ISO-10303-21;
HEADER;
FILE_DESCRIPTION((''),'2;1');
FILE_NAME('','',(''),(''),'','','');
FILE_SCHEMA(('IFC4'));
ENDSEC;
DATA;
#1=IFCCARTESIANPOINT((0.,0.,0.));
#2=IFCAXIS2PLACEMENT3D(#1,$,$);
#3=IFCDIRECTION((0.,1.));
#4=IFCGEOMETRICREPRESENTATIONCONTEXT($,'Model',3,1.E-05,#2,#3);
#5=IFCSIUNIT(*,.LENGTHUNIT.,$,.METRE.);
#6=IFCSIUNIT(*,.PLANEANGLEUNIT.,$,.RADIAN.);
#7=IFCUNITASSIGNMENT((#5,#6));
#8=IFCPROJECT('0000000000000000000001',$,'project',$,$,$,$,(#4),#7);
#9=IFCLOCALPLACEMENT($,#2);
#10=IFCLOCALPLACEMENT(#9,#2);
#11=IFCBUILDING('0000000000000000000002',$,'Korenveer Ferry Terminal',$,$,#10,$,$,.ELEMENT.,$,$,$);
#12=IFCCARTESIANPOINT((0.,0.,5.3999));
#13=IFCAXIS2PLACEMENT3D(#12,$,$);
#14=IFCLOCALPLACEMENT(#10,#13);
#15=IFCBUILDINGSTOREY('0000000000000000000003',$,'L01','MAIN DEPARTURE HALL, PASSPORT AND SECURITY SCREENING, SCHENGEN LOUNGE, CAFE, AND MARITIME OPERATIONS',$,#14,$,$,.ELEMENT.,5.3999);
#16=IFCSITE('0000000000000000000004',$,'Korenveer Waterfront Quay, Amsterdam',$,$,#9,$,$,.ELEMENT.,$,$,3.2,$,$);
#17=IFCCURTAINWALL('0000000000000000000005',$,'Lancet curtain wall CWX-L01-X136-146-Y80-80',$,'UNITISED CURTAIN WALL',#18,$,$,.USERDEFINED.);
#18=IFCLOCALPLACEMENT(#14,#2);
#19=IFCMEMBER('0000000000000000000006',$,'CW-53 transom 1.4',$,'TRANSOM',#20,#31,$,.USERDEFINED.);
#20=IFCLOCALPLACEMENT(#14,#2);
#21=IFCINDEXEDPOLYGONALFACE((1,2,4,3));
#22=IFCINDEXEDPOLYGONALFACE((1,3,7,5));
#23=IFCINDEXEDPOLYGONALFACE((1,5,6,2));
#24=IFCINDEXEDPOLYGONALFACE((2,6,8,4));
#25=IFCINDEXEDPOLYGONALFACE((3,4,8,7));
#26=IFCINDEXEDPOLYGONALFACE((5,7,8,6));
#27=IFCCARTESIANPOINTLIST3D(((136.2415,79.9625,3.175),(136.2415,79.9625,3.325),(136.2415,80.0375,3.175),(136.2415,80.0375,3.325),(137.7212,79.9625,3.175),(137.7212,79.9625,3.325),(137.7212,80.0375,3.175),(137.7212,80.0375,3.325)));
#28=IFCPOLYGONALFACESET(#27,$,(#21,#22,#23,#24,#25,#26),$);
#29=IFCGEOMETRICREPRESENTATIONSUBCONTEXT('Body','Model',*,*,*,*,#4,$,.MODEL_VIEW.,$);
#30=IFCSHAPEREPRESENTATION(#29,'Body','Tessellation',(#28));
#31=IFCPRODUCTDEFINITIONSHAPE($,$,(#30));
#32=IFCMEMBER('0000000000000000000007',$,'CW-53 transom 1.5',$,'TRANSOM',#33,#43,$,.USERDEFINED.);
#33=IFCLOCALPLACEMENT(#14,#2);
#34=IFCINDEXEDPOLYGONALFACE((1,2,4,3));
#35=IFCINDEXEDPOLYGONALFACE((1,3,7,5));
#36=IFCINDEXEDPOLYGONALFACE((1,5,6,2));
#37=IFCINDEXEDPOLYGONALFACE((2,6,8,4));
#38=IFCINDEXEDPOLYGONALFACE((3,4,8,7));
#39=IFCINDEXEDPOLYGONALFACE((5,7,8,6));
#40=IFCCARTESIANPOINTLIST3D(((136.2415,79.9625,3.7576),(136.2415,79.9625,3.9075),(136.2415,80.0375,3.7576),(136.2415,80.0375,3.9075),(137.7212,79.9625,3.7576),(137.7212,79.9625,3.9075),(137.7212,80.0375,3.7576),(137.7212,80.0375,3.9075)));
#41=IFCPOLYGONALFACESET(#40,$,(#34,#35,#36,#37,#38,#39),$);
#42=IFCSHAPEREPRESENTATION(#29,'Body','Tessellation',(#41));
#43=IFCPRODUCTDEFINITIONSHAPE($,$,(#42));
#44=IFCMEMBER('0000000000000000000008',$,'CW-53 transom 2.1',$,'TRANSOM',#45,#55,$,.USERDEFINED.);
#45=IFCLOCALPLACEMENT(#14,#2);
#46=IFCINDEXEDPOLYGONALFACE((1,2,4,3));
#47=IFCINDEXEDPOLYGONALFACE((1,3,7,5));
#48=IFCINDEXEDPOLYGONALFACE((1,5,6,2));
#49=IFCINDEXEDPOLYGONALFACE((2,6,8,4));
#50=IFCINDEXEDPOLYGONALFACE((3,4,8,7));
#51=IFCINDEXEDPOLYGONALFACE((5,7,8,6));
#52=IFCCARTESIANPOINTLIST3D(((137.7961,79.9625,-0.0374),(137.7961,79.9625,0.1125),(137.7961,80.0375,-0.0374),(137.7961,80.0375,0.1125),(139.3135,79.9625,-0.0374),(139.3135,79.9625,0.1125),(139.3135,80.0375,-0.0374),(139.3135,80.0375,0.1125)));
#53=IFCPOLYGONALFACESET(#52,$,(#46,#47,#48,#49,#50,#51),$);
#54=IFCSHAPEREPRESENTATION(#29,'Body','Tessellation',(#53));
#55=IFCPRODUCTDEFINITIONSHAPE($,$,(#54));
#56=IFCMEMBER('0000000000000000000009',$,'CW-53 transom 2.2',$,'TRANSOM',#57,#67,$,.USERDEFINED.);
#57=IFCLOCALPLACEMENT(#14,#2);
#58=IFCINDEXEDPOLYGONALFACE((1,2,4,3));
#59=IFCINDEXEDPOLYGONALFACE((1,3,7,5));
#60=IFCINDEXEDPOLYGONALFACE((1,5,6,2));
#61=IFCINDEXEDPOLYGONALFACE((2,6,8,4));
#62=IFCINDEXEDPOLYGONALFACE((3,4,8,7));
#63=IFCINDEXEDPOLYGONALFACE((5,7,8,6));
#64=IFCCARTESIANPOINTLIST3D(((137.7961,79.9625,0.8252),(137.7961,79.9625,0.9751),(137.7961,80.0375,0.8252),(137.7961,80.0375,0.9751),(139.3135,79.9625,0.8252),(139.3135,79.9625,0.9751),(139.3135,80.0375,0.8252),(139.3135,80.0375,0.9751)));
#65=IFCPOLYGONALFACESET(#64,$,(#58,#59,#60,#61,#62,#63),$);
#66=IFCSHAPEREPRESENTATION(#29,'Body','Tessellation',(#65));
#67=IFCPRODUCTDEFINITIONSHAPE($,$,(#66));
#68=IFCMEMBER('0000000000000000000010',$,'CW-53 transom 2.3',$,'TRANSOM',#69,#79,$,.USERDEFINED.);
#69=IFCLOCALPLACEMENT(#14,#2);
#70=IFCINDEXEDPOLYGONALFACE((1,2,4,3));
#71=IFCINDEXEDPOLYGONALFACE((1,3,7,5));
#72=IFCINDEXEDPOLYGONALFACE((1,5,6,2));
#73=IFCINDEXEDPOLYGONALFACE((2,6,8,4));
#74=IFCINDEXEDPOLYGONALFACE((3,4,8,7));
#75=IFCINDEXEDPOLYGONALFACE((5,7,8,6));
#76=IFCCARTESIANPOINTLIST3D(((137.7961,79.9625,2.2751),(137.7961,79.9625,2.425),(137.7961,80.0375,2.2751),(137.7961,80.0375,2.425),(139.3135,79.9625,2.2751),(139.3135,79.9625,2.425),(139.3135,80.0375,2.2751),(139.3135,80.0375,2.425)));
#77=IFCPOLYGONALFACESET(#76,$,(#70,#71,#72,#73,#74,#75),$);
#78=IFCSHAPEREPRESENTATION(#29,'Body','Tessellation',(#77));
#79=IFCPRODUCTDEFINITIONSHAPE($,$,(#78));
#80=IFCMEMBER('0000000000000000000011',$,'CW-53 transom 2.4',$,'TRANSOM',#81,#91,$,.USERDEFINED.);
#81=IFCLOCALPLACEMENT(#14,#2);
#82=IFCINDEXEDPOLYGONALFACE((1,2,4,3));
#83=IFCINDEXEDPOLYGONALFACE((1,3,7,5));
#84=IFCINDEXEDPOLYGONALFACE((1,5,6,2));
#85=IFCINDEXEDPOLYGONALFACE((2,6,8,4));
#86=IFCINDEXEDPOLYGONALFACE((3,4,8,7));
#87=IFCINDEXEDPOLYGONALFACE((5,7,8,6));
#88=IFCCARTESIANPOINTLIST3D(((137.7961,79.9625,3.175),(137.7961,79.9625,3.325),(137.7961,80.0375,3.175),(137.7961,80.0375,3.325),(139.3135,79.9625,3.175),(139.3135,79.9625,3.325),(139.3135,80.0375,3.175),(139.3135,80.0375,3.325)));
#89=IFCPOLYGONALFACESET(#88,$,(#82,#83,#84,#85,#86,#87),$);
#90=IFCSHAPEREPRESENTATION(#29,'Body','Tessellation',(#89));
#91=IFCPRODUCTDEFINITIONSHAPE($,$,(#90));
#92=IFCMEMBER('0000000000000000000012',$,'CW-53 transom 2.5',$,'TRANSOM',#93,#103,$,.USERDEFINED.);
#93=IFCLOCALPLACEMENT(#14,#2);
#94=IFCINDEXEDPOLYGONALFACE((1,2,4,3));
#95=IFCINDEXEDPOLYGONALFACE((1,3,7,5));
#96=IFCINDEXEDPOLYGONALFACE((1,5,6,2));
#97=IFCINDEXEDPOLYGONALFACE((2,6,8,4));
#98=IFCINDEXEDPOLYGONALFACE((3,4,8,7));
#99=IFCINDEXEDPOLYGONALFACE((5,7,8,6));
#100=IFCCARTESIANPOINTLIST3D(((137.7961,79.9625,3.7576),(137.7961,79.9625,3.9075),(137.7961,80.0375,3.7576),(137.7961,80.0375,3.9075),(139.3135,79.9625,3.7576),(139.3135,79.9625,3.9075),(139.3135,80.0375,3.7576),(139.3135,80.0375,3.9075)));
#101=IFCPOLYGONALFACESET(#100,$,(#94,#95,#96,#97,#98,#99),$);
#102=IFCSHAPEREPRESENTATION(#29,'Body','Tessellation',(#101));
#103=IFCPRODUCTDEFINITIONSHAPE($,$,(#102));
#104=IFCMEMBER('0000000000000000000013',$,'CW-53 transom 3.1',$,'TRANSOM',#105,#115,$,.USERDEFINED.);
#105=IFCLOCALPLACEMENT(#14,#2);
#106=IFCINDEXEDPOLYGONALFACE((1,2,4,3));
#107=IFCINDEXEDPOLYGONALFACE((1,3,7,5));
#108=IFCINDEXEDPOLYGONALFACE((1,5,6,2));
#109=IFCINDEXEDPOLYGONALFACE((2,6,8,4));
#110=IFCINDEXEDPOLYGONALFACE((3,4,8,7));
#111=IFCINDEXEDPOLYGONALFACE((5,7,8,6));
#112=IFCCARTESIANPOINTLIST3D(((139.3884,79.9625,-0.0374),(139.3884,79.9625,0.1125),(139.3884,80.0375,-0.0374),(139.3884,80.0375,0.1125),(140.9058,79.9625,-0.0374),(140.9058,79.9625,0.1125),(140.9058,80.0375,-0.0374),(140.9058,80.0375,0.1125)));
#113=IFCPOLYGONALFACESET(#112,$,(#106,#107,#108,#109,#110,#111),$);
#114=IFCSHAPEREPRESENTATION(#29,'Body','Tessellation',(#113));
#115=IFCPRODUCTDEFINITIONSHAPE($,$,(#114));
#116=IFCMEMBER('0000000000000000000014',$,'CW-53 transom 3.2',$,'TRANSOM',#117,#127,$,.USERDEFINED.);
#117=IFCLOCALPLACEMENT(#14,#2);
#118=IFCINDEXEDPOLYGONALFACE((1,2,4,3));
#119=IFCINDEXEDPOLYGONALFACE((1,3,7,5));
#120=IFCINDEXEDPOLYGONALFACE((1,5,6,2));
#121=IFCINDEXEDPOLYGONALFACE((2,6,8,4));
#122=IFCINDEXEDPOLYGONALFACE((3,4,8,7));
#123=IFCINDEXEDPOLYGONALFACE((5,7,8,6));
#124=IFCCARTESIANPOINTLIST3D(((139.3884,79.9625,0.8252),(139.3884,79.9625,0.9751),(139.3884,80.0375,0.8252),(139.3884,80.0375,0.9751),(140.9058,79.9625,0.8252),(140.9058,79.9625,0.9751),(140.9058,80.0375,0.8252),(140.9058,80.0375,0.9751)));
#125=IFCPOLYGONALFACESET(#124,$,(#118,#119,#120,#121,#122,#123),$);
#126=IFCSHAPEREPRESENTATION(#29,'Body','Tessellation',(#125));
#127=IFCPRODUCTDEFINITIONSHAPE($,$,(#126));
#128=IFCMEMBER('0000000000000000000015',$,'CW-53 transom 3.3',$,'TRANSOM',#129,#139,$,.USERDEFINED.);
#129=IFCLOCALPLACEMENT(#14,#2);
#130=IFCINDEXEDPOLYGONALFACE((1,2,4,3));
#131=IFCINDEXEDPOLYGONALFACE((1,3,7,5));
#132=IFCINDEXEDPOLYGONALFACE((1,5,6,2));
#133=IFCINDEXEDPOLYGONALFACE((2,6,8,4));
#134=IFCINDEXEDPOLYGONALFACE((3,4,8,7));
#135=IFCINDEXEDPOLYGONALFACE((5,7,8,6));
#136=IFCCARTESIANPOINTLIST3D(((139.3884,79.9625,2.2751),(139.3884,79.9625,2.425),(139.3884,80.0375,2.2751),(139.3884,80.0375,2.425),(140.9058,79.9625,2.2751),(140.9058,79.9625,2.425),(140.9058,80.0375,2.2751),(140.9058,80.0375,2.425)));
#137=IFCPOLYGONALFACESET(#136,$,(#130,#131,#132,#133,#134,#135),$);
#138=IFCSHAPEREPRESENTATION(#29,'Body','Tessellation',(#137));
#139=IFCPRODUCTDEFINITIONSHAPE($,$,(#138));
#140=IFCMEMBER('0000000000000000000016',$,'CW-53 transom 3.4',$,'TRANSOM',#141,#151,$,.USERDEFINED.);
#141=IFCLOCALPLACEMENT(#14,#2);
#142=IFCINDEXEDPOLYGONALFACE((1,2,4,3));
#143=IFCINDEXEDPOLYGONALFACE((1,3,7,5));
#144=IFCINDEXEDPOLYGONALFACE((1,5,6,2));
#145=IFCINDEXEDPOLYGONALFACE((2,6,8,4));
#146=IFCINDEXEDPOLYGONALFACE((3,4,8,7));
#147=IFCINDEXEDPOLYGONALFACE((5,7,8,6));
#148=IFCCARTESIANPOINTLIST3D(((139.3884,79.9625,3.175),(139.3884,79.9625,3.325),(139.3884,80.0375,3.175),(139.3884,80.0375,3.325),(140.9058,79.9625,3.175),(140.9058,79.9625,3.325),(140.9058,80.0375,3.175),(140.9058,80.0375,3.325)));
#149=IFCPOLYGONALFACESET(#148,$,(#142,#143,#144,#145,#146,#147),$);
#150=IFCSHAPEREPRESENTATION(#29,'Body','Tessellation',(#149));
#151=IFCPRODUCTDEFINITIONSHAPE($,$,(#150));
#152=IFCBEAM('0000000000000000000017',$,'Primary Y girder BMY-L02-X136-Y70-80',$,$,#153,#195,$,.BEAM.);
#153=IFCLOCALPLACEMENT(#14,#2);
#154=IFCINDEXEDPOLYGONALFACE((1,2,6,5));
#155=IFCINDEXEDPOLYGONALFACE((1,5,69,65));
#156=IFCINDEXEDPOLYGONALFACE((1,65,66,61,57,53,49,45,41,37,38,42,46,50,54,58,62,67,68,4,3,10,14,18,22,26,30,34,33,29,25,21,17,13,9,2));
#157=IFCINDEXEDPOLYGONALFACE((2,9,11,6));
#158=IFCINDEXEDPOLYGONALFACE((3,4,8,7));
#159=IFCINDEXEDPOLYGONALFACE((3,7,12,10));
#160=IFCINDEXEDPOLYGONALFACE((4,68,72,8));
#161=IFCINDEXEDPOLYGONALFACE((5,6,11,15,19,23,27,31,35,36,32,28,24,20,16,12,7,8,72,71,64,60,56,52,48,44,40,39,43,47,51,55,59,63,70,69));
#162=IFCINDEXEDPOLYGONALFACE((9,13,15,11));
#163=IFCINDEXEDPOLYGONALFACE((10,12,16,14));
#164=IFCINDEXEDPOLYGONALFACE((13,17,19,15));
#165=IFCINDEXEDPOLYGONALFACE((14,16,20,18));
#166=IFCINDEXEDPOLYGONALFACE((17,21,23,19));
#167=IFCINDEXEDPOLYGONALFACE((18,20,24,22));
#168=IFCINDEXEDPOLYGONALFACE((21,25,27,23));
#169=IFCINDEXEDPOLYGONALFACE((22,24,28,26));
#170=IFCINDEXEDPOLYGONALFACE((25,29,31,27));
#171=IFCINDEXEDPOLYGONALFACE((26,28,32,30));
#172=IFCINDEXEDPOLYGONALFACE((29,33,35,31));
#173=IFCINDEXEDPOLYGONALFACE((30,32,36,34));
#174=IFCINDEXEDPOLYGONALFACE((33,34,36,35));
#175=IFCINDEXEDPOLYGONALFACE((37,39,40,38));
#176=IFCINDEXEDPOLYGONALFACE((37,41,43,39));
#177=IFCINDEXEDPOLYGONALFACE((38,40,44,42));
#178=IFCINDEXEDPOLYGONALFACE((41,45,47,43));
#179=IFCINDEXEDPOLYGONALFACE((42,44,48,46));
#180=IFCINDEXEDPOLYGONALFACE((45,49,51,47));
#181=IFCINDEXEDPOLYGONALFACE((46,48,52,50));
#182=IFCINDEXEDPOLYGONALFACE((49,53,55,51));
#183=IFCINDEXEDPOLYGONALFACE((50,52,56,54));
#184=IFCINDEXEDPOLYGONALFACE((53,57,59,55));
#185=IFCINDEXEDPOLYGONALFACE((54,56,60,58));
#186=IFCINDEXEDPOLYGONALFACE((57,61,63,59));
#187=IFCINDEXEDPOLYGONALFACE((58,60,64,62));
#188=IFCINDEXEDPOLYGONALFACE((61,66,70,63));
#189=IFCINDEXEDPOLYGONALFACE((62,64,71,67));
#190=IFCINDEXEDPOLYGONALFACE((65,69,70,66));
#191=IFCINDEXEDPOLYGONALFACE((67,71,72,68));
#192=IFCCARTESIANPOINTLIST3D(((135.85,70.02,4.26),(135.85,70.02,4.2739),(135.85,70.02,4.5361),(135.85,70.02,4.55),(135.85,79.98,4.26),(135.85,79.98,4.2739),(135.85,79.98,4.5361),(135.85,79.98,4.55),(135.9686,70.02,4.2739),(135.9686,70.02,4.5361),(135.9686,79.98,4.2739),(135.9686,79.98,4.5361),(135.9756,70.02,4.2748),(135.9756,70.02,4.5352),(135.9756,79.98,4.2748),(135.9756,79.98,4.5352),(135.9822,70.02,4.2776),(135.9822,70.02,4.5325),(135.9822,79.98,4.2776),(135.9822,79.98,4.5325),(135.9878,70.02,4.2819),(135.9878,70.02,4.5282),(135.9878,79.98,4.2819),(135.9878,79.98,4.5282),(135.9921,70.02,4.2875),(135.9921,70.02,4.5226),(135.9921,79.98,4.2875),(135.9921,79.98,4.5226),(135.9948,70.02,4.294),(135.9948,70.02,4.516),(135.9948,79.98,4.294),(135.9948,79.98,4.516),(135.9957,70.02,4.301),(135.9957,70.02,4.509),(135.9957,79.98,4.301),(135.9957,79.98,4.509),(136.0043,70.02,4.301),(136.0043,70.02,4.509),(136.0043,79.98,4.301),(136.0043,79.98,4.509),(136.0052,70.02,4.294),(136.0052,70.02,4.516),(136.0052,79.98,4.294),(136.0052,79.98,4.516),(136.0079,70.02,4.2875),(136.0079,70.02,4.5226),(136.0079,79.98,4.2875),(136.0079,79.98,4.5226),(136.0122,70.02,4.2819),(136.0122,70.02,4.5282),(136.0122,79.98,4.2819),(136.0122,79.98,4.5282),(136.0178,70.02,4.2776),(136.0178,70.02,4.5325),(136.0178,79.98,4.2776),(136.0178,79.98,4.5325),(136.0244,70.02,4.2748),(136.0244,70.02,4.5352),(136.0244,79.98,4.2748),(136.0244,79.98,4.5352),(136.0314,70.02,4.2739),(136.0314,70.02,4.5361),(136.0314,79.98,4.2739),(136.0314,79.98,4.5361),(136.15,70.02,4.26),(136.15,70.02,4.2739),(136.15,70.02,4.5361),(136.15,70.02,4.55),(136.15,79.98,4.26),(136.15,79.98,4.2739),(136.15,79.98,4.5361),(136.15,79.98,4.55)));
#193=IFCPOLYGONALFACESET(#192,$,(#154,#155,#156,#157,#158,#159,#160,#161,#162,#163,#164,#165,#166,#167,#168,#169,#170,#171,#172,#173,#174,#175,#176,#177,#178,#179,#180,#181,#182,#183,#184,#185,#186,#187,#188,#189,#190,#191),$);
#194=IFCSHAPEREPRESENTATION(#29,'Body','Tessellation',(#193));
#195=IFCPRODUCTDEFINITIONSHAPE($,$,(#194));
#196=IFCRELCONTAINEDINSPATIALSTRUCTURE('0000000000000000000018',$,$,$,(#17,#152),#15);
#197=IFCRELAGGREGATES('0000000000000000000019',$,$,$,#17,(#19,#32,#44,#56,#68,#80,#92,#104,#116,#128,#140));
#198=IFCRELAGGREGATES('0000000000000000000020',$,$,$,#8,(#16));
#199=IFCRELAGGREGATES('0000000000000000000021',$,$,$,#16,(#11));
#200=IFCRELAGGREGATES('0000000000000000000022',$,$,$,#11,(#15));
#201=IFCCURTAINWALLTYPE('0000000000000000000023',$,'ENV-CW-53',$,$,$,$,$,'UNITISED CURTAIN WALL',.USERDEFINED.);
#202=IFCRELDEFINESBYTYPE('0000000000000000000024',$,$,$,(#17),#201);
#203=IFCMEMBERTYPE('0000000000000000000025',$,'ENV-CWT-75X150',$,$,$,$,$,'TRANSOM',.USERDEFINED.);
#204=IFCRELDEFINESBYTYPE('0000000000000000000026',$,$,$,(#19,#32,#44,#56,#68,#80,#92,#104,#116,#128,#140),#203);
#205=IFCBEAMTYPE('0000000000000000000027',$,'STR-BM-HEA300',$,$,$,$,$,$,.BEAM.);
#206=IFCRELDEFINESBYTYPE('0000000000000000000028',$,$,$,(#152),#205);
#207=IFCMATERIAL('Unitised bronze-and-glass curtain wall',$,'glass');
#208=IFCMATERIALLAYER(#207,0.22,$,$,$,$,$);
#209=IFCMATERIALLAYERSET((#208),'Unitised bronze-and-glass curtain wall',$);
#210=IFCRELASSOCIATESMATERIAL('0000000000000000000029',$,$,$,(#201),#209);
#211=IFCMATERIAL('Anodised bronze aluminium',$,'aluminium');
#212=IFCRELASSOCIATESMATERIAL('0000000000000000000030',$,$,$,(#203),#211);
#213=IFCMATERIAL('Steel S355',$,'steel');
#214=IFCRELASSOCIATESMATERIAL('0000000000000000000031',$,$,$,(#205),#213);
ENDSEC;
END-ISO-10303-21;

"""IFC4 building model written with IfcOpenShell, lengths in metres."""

from ifc_helpers import new_model, si_unit, direction, frame, origin, origin_2d, place, context, subcontext, project, spatial, rectangle, i_section, extrude, material, layer, layer_set, material_profile, profile_set, type_object, element, aggregate, save


model = new_model("IFC4")

# Units and contexts
model_context = context("Model", 3, precision=1e-05, world=origin(), true_north=direction((0.0, 1.0)))
body_context = subcontext(model_context, "Body", "Model", "MODEL_VIEW")
ifc_project = project(units=[si_unit("LENGTHUNIT", "METRE"), si_unit("PLANEANGLEUNIT", "RADIAN")], contexts=[model_context])

# Site, building, storey
site_placement = place(None, origin())
site = spatial("IfcSite", under=ifc_project, at=site_placement, Name="Korenveer Waterfront Quay, Amsterdam", CompositionType="ELEMENT", RefElevation=3.2)
building_placement = place(site_placement, origin())
building = spatial("IfcBuilding", under=site, at=building_placement, Name="Korenveer Ferry Terminal", CompositionType="ELEMENT")
storey_placement = place(building_placement, frame((0.0, 0.0, 5.3999)))
storey = spatial("IfcBuildingStorey", under=building, at=storey_placement, Name="L01", Description="MAIN DEPARTURE HALL, PASSPORT AND SECURITY SCREENING, SCHENGEN LOUNGE, CAFE, AND MARITIME OPERATIONS", CompositionType="ELEMENT", Elevation=5.3999)

# Shared definitions
ifc_material_1 = material(Name="Steel S355", Category="steel")

# Shared definitions
ifc_material_2 = material(Name="Unitised bronze-and-glass curtain wall", Category="glass")
ifc_material_3 = material(Name="Anodised bronze aluminium", Category="aluminium")

# Curtain wall
ifc_layer_1 = layer(ifc_material_2, 0.22)
ifc_layer_set_1 = layer_set([ifc_layer_1], Name="Unitised bronze-and-glass curtain wall")
curtain_wall_type_1 = type_object("IfcCurtainWallType", Name="ENV-CW-53", ElementType="UNITISED CURTAIN WALL", PredefinedType="USERDEFINED", material=ifc_layer_set_1)
curtain_wall_1_placement = place(storey_placement, frame((136.1665, 80.0, 0.0)))
curtain_wall_1 = element("IfcCurtainWall", 1, at=curtain_wall_1_placement, inside=storey, type_object=curtain_wall_type_1, Name="Lancet curtain wall CWX-L01-X136-146-Y80-80", ObjectType="UNITISED CURTAIN WALL", PredefinedType="USERDEFINED")

# Members
ifc_material_profile_1 = material_profile(ifc_material_3, rectangle(XDim=0.075, YDim=0.1499, at=origin_2d()), Name="ALU 75x150")
ifc_profile_set_1 = profile_set([ifc_material_profile_1], Name="Anodised bronze aluminium")
member_type_1 = type_object("IfcMemberType", Name="ENV-CWT-75X150", ElementType="TRANSOM", PredefinedType="USERDEFINED", material=ifc_profile_set_1)
member_1_placement = place(storey_placement, frame((136.2415, 80.0, 3.25), z_axis=(1.0, 0.0, 0.0), x_axis=(0.0, 1.0, 0.0)))
member_1 = element("IfcMember", 2, at=member_1_placement, type_object=member_type_1, Name="CW-53 transom 1.4", ObjectType="TRANSOM", PredefinedType="USERDEFINED", context=body_context, shape_type="SweptSolid", body=[
    extrude(rectangle(XDim=0.075, YDim=0.1499, at=origin_2d()), origin(), (0.0, 0.0, 1.0), 1.4797),
])
member_2_placement = place(storey_placement, frame((136.2415, 80.0, 3.8325), z_axis=(1.0, 0.0, 0.0), x_axis=(0.0, 1.0, 0.0)))
member_2 = element("IfcMember", 3, at=member_2_placement, type_object=member_type_1, Name="CW-53 transom 1.5", ObjectType="TRANSOM", PredefinedType="USERDEFINED", context=body_context, shape_type="SweptSolid", body=[
    extrude(rectangle(XDim=0.075, YDim=0.1499, at=origin_2d()), origin(), (0.0, 0.0, 1.0), 1.4797),
])
member_3_placement = place(storey_placement, frame((137.7961, 80.0, 0.0376), z_axis=(1.0, 0.0, 0.0), x_axis=(0.0, 1.0, 0.0)))
member_3 = element("IfcMember", 4, at=member_3_placement, type_object=member_type_1, Name="CW-53 transom 2.1", ObjectType="TRANSOM", PredefinedType="USERDEFINED", context=body_context, shape_type="SweptSolid", body=[
    extrude(rectangle(XDim=0.075, YDim=0.1499, at=origin_2d()), origin(), (0.0, 0.0, 1.0), 1.5173),
])
member_4_placement = place(storey_placement, frame((137.7961, 80.0, 0.9001), z_axis=(1.0, 0.0, 0.0), x_axis=(0.0, 1.0, 0.0)))
member_4 = element("IfcMember", 5, at=member_4_placement, type_object=member_type_1, Name="CW-53 transom 2.2", ObjectType="TRANSOM", PredefinedType="USERDEFINED", context=body_context, shape_type="SweptSolid", body=[
    extrude(rectangle(XDim=0.075, YDim=0.1499, at=origin_2d()), origin(), (0.0, 0.0, 1.0), 1.5173),
])
member_5_placement = place(storey_placement, frame((137.7961, 80.0, 2.3501), z_axis=(1.0, 0.0, 0.0), x_axis=(0.0, 1.0, 0.0)))
member_5 = element("IfcMember", 6, at=member_5_placement, type_object=member_type_1, Name="CW-53 transom 2.3", ObjectType="TRANSOM", PredefinedType="USERDEFINED", context=body_context, shape_type="SweptSolid", body=[
    extrude(rectangle(XDim=0.075, YDim=0.1499, at=origin_2d()), origin(), (0.0, 0.0, 1.0), 1.5173),
])
member_6_placement = place(storey_placement, frame((137.7961, 80.0, 3.25), z_axis=(1.0, 0.0, 0.0), x_axis=(0.0, 1.0, 0.0)))
member_6 = element("IfcMember", 7, at=member_6_placement, type_object=member_type_1, Name="CW-53 transom 2.4", ObjectType="TRANSOM", PredefinedType="USERDEFINED", context=body_context, shape_type="SweptSolid", body=[
    extrude(rectangle(XDim=0.075, YDim=0.1499, at=origin_2d()), origin(), (0.0, 0.0, 1.0), 1.5173),
])
member_7_placement = place(storey_placement, frame((137.7961, 80.0, 3.8325), z_axis=(1.0, 0.0, 0.0), x_axis=(0.0, 1.0, 0.0)))
member_7 = element("IfcMember", 8, at=member_7_placement, type_object=member_type_1, Name="CW-53 transom 2.5", ObjectType="TRANSOM", PredefinedType="USERDEFINED", context=body_context, shape_type="SweptSolid", body=[
    extrude(rectangle(XDim=0.075, YDim=0.1499, at=origin_2d()), origin(), (0.0, 0.0, 1.0), 1.5173),
])
member_8_placement = place(storey_placement, frame((139.3884, 80.0, 0.0376), z_axis=(1.0, 0.0, 0.0), x_axis=(0.0, 1.0, 0.0)))
member_8 = element("IfcMember", 9, at=member_8_placement, type_object=member_type_1, Name="CW-53 transom 3.1", ObjectType="TRANSOM", PredefinedType="USERDEFINED", context=body_context, shape_type="SweptSolid", body=[
    extrude(rectangle(XDim=0.075, YDim=0.1499, at=origin_2d()), origin(), (0.0, 0.0, 1.0), 1.5173),
])
member_9_placement = place(storey_placement, frame((139.3884, 80.0, 0.9001), z_axis=(1.0, 0.0, 0.0), x_axis=(0.0, 1.0, 0.0)))
member_9 = element("IfcMember", 10, at=member_9_placement, type_object=member_type_1, Name="CW-53 transom 3.2", ObjectType="TRANSOM", PredefinedType="USERDEFINED", context=body_context, shape_type="SweptSolid", body=[
    extrude(rectangle(XDim=0.075, YDim=0.1499, at=origin_2d()), origin(), (0.0, 0.0, 1.0), 1.5173),
])
member_10_placement = place(storey_placement, frame((139.3884, 80.0, 2.3501), z_axis=(1.0, 0.0, 0.0), x_axis=(0.0, 1.0, 0.0)))
member_10 = element("IfcMember", 11, at=member_10_placement, type_object=member_type_1, Name="CW-53 transom 3.3", ObjectType="TRANSOM", PredefinedType="USERDEFINED", context=body_context, shape_type="SweptSolid", body=[
    extrude(rectangle(XDim=0.075, YDim=0.1499, at=origin_2d()), origin(), (0.0, 0.0, 1.0), 1.5173),
])
member_11_placement = place(storey_placement, frame((139.3884, 80.0, 3.25), z_axis=(1.0, 0.0, 0.0), x_axis=(0.0, 1.0, 0.0)))
member_11 = element("IfcMember", 12, at=member_11_placement, type_object=member_type_1, Name="CW-53 transom 3.4", ObjectType="TRANSOM", PredefinedType="USERDEFINED", context=body_context, shape_type="SweptSolid", body=[
    extrude(rectangle(XDim=0.075, YDim=0.1499, at=origin_2d()), origin(), (0.0, 0.0, 1.0), 1.5173),
])

# Beam
ifc_material_profile_2 = material_profile(ifc_material_1, i_section(OverallWidth=0.3, OverallDepth=0.29, WebThickness=0.0085, FlangeThickness=0.0139, FilletRadius=0.0271, at=origin_2d()), Name="HEA 300")
ifc_profile_set_2 = profile_set([ifc_material_profile_2], Name="Steel S355")
beam_type_1 = type_object("IfcBeamType", Name="STR-BM-HEA300", PredefinedType="BEAM", material=ifc_profile_set_2)
beam_1_placement = place(storey_placement, frame((136.0, 70.02, 4.405), z_axis=(0.0, 1.0, 0.0), x_axis=(-1.0, 0.0, 0.0)))
element("IfcBeam", 13, at=beam_1_placement, inside=storey, type_object=beam_type_1, Name="Primary Y girder BMY-L02-X136-Y70-80", PredefinedType="BEAM", context=body_context, shape_type="SweptSolid", body=[
    extrude(i_section(OverallWidth=0.3, OverallDepth=0.29, WebThickness=0.0085, FlangeThickness=0.0139, FilletRadius=0.0271, at=origin_2d()), origin(), (0.0, 0.0, 1.0), 9.96),
])

aggregate(curtain_wall_1, [member_1, member_2, member_3, member_4, member_5, member_6, member_7, member_8, member_9, member_10, member_11])

save(model, "model.ifc")
